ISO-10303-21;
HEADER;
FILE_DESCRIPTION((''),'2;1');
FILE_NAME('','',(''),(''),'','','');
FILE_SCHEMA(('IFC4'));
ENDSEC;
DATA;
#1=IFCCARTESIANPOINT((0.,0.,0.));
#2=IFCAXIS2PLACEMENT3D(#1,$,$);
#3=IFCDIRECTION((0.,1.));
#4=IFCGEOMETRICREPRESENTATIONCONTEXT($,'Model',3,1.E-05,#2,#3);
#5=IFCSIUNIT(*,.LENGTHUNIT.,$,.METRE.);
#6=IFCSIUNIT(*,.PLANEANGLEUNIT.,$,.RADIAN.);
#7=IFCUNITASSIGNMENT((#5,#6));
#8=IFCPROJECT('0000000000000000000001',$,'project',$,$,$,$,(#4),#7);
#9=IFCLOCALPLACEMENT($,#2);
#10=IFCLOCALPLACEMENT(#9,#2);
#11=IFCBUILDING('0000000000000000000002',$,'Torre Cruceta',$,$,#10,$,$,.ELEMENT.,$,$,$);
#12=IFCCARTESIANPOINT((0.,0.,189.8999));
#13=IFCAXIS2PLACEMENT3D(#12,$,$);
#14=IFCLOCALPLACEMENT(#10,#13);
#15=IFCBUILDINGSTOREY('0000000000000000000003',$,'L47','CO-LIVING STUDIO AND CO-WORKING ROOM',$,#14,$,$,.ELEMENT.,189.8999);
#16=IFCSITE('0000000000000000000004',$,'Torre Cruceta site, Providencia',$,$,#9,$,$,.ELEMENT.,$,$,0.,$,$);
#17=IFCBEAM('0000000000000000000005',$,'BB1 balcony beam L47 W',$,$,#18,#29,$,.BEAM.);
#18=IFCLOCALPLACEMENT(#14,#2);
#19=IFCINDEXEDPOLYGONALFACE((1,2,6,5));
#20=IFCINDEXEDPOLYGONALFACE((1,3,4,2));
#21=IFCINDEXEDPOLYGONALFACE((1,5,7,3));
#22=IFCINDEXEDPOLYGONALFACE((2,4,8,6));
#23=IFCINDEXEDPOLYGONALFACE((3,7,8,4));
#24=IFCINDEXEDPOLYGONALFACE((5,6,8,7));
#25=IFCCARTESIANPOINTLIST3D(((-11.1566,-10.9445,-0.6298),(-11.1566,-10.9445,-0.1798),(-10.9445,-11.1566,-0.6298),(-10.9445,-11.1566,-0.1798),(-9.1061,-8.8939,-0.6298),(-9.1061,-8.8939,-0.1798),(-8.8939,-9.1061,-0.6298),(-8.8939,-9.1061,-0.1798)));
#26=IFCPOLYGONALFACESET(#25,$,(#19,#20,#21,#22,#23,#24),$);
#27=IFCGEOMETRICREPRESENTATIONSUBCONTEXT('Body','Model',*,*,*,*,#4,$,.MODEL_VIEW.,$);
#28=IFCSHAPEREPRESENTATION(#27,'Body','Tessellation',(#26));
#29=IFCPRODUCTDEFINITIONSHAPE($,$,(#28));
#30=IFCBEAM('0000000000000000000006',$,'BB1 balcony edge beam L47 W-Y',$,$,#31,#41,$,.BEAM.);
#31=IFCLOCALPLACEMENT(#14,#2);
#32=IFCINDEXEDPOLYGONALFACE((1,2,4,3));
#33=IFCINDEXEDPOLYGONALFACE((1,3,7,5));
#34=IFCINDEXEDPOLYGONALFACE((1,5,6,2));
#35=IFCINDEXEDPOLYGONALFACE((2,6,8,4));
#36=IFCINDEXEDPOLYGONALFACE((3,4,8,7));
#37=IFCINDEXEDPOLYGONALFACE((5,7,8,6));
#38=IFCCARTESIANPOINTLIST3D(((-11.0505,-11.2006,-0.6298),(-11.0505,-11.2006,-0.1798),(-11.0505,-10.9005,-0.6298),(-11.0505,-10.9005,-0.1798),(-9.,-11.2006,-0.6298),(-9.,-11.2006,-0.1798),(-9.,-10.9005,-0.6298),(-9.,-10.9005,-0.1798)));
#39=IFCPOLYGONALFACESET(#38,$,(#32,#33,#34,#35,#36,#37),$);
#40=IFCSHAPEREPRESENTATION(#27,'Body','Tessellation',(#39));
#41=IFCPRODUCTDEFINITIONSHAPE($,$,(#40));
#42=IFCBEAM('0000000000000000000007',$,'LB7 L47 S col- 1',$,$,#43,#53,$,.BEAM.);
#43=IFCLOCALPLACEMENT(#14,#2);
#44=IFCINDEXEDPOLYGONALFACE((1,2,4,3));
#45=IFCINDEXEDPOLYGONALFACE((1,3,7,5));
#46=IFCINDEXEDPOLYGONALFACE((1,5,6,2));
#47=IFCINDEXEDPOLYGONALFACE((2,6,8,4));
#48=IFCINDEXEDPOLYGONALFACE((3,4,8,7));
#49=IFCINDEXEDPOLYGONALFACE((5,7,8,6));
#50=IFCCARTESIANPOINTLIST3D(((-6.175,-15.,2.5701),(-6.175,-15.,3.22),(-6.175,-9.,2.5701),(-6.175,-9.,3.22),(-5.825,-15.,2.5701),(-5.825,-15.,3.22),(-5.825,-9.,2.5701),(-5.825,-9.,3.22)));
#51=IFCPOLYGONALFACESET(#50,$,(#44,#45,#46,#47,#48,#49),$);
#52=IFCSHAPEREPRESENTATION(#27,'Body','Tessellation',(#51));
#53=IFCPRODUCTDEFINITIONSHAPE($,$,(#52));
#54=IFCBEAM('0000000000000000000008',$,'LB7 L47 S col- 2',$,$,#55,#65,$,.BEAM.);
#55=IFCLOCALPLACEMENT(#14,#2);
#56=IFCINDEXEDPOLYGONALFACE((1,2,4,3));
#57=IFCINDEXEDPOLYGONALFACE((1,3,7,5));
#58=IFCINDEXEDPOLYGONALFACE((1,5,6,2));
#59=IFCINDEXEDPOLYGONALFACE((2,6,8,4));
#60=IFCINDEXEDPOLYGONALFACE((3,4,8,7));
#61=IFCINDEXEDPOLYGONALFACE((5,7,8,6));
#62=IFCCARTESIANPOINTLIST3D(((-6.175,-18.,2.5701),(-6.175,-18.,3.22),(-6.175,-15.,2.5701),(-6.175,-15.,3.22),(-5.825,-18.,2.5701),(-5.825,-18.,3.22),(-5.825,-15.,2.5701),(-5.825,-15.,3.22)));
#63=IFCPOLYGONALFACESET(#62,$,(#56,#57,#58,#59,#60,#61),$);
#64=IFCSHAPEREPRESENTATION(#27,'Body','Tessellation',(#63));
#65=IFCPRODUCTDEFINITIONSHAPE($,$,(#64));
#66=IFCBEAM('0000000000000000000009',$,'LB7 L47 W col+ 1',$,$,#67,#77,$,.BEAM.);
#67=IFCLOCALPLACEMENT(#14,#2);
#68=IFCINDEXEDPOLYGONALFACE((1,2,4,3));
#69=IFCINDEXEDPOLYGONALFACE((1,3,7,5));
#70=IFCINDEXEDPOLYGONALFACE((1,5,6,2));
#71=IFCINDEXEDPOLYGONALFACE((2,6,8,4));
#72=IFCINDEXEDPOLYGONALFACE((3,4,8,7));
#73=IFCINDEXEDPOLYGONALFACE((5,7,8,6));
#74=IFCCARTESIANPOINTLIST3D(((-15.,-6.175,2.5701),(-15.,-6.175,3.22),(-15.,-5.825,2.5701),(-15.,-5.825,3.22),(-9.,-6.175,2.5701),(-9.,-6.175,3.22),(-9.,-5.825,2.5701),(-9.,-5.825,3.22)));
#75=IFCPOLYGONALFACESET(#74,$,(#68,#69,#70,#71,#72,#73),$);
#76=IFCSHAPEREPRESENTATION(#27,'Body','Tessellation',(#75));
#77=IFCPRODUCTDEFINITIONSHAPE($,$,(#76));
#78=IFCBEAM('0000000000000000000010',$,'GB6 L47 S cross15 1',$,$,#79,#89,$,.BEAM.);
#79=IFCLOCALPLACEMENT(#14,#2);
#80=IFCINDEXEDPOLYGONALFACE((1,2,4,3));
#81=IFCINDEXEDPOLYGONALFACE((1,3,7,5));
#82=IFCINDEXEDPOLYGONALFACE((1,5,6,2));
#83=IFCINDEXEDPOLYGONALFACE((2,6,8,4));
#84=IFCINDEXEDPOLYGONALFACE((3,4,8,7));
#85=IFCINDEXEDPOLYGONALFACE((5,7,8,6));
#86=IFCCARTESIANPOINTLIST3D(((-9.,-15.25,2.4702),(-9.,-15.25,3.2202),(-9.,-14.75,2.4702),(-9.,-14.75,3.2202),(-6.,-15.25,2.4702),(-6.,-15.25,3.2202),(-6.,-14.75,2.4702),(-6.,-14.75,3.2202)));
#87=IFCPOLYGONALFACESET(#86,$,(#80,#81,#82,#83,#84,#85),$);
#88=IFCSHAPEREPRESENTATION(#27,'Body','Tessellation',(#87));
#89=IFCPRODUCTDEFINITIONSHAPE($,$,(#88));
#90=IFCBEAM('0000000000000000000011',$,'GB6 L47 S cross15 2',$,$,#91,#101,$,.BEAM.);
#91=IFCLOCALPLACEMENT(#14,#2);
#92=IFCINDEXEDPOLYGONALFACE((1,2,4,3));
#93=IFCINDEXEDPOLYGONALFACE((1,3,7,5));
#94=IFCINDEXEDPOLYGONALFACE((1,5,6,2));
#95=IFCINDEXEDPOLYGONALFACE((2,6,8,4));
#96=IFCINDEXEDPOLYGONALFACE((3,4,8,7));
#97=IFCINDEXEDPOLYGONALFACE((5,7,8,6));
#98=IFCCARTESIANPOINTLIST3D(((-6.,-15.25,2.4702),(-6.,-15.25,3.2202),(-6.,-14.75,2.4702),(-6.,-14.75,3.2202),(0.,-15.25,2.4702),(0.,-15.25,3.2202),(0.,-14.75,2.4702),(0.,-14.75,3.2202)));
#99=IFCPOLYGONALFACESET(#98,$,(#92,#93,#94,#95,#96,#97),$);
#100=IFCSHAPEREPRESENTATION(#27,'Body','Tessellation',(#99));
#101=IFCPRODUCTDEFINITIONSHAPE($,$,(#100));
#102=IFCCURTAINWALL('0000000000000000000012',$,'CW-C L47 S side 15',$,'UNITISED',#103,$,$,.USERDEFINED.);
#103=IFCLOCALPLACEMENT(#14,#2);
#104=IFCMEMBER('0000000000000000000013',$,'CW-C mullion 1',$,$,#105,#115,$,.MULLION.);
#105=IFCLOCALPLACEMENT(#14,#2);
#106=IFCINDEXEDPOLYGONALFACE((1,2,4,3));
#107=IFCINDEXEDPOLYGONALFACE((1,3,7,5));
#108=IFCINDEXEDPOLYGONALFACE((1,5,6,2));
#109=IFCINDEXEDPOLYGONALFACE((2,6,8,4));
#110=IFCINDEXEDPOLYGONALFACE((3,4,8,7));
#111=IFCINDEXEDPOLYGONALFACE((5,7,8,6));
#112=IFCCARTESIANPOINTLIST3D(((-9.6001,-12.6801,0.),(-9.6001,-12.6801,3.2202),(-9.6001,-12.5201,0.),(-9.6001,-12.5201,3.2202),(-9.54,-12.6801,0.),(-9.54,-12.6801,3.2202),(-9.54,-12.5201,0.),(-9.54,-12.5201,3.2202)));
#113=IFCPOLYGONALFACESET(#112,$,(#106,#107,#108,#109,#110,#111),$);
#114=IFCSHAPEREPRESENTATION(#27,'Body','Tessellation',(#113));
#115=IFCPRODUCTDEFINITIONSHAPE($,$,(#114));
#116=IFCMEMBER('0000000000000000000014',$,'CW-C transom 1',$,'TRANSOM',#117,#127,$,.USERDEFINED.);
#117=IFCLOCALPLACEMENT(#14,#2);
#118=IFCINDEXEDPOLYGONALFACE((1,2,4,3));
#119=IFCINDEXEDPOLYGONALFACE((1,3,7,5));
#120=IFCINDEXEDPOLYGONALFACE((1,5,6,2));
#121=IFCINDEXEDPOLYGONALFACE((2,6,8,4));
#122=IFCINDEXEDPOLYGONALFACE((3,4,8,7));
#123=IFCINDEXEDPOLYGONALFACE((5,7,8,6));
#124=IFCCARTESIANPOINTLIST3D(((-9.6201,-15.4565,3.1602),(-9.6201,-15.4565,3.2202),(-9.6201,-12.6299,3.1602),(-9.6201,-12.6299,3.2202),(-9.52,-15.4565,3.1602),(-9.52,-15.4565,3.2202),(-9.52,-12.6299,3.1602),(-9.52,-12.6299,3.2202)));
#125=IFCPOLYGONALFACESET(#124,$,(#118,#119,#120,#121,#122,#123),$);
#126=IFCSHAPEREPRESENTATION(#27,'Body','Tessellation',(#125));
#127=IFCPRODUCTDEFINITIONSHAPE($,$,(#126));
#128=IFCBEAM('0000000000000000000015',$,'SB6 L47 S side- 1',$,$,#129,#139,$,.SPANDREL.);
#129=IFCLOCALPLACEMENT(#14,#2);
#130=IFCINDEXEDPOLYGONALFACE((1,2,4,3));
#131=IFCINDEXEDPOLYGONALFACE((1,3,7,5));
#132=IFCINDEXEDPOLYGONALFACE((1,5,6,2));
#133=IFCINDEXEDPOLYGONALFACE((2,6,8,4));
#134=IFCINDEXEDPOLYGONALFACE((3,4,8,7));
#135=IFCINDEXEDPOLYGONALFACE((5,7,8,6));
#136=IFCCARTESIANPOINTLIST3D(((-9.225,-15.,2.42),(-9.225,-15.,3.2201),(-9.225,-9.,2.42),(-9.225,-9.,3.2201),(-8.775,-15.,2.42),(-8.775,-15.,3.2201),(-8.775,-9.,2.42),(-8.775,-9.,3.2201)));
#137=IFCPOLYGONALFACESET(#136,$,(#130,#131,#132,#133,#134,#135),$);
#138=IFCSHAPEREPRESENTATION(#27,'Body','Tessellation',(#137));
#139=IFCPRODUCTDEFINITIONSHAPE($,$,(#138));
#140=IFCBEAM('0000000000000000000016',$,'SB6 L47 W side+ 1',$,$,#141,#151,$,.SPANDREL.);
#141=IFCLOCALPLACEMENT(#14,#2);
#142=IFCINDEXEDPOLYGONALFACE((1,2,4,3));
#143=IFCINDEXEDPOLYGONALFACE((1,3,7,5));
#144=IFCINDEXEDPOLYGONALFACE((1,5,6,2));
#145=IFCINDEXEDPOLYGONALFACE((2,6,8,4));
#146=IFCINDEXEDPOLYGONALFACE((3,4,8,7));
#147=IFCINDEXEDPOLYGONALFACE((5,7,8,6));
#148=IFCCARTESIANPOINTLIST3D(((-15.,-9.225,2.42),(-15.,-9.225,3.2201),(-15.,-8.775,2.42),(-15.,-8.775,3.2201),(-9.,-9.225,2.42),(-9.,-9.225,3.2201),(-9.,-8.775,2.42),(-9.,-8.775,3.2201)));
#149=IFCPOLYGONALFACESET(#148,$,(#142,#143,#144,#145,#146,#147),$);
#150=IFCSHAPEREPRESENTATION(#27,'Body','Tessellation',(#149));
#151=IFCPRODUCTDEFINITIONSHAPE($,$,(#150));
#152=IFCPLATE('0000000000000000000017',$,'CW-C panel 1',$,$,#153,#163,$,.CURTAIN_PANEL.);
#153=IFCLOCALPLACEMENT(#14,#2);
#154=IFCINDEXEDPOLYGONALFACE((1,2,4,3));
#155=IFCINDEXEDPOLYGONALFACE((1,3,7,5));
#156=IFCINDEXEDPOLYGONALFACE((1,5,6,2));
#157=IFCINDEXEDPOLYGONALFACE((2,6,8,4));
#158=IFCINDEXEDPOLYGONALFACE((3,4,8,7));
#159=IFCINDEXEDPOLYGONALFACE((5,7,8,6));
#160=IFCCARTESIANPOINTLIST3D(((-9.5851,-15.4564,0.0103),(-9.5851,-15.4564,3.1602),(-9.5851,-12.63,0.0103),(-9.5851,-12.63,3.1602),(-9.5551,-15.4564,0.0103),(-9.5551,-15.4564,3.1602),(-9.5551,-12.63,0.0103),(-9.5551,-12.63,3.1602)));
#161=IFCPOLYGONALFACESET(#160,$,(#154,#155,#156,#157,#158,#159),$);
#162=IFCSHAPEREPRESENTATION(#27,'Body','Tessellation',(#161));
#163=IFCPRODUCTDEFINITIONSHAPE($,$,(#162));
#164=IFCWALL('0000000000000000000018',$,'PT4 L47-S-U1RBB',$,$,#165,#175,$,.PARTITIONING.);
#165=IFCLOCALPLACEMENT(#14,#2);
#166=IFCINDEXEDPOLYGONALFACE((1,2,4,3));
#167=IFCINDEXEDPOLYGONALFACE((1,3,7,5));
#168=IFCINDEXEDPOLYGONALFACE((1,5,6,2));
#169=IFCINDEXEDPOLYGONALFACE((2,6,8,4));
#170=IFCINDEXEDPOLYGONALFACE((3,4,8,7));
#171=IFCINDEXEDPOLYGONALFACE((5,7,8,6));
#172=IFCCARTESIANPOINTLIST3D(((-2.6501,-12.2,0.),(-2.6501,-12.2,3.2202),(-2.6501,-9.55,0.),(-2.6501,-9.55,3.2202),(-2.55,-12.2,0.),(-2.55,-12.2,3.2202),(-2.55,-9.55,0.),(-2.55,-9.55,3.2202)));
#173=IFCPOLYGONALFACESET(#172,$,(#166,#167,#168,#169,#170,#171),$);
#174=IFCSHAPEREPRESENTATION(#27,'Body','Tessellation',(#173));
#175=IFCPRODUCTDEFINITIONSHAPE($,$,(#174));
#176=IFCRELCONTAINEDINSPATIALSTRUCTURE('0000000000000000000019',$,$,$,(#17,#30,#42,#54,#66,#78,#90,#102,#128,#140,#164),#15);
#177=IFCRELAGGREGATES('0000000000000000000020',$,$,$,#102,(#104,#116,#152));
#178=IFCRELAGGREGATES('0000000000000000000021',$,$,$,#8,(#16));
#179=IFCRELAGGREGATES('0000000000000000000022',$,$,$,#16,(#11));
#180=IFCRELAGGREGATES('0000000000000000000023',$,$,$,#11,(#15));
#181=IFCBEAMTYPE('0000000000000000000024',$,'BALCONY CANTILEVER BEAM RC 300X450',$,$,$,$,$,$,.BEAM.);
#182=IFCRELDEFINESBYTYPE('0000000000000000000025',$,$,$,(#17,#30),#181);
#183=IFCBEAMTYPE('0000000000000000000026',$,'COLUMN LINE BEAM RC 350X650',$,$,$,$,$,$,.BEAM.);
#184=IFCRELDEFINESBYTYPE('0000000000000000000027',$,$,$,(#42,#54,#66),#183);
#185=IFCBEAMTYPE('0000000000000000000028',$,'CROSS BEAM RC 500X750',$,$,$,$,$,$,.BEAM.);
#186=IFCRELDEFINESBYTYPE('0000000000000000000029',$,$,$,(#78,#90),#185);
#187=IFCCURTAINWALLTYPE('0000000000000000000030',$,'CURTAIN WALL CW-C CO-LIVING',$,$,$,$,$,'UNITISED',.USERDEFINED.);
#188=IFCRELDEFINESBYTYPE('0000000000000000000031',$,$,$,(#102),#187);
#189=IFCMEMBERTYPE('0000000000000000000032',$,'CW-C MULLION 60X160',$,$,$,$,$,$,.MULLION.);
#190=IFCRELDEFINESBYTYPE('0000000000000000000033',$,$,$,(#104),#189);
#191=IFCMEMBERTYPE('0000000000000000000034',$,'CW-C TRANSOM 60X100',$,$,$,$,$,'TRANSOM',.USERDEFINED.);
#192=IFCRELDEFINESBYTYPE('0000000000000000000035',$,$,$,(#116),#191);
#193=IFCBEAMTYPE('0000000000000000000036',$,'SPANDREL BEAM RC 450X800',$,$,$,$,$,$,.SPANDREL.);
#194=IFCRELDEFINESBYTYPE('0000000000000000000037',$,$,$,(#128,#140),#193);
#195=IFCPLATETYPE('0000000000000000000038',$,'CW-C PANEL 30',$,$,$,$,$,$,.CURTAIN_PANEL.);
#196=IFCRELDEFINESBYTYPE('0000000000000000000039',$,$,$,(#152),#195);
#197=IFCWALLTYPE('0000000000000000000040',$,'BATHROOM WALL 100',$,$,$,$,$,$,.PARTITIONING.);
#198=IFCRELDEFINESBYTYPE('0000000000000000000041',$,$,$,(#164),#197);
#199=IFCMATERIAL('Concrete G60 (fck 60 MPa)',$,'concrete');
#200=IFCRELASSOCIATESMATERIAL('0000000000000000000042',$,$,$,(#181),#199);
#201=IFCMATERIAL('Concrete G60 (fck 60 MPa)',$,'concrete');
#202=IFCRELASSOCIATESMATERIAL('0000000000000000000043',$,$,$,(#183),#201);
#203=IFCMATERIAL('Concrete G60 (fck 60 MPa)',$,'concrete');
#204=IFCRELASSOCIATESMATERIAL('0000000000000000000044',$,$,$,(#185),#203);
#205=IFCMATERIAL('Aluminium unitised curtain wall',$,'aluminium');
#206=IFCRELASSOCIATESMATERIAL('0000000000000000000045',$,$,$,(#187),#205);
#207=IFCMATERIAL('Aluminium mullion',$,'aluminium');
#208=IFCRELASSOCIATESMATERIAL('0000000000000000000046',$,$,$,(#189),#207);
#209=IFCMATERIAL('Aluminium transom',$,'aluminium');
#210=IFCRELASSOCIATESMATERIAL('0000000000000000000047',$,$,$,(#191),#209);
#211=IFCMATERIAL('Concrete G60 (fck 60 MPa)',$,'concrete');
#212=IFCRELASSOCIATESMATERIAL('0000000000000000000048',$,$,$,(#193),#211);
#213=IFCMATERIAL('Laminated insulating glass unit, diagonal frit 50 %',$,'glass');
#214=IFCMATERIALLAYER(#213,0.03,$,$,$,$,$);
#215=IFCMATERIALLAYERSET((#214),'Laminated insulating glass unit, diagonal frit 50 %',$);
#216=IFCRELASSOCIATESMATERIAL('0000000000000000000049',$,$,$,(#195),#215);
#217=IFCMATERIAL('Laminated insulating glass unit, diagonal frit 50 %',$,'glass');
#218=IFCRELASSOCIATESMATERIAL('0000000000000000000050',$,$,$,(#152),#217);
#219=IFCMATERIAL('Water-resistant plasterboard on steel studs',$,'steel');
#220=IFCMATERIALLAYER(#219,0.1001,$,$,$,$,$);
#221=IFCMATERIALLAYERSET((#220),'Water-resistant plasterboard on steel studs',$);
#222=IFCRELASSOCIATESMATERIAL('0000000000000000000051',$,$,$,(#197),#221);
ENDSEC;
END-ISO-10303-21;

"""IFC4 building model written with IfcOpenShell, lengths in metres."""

from ifc_helpers import new_model, si_unit, direction, frame, frame_2d, origin, origin_2d, place, context, subcontext, project, spatial, rectangle, extrude, material, layer, layer_set, material_profile, profile_set, type_object, element, aggregate, save


model = new_model("IFC4")

# Units and contexts
model_context = context("Model", 3, precision=1e-05, world=origin(), true_north=direction((0.0, 1.0)))
body_context = subcontext(model_context, "Body", "Model", "MODEL_VIEW")
ifc_project = project(units=[si_unit("LENGTHUNIT", "METRE"), si_unit("PLANEANGLEUNIT", "RADIAN")], contexts=[model_context])

# Site, building, storey
site_placement = place(None, origin())
site = spatial("IfcSite", under=ifc_project, at=site_placement, Name="Torre Cruceta site, Providencia", CompositionType="ELEMENT", RefElevation=0.0)
building_placement = place(site_placement, origin())
building = spatial("IfcBuilding", under=site, at=building_placement, Name="Torre Cruceta", CompositionType="ELEMENT")
storey_placement = place(building_placement, frame((0.0, 0.0, 189.8999)))
storey = spatial("IfcBuildingStorey", under=building, at=storey_placement, Name="L47", Description="CO-LIVING STUDIO AND CO-WORKING ROOM", CompositionType="ELEMENT", Elevation=189.8999)

# Beams
ifc_material_1 = material(Name="Concrete G60 (fck 60 MPa)", Category="concrete")
ifc_material_profile_1 = material_profile(ifc_material_1, rectangle(XDim=0.3, YDim=0.45, at=origin_2d()), Name="RC 300X450")
ifc_profile_set_1 = profile_set([ifc_material_profile_1], Name="Concrete G60 (fck 60 MPa)")
beam_type_1 = type_object("IfcBeamType", Name="BALCONY CANTILEVER BEAM RC 300X450", PredefinedType="BEAM", material=ifc_profile_set_1)
beam_1_placement = place(storey_placement, frame((-9.0, -9.0, -0.4048), z_axis=(-0.707107, -0.707107, 0.0), x_axis=(0.707107, -0.707107, 0.0)))
element("IfcBeam", 1, at=beam_1_placement, inside=storey, type_object=beam_type_1, Name="BB1 balcony beam L47 W", PredefinedType="BEAM", context=body_context, shape_type="SweptSolid", body=[
    extrude(rectangle(XDim=0.3, YDim=0.45, at=origin_2d()), origin(), (0.0, 0.0, 1.0), 2.8999),
])
beam_2_placement = place(storey_placement, frame((-9.0, -11.0505, -0.4048), z_axis=(-1.0, 0.0, 0.0), x_axis=(0.0, -1.0, 0.0)))
element("IfcBeam", 2, at=beam_2_placement, inside=storey, type_object=beam_type_1, Name="BB1 balcony edge beam L47 W-Y", PredefinedType="BEAM", context=body_context, shape_type="SweptSolid", body=[
    extrude(rectangle(XDim=0.3, YDim=0.45, at=origin_2d()), origin(), (0.0, 0.0, 1.0), 2.0505),
])
ifc_material_2 = material(Name="Concrete G60 (fck 60 MPa)", Category="concrete")
ifc_material_profile_2 = material_profile(ifc_material_2, rectangle(XDim=0.3501, YDim=0.6499, at=origin_2d()), Name="RC 350X650")
ifc_profile_set_2 = profile_set([ifc_material_profile_2], Name="Concrete G60 (fck 60 MPa)")
beam_type_2 = type_object("IfcBeamType", Name="COLUMN LINE BEAM RC 350X650", PredefinedType="BEAM", material=ifc_profile_set_2)
beam_3_placement = place(storey_placement, frame((-6.0, -9.0, 2.895), z_axis=(0.0, -1.0, 0.0), x_axis=(1.0, 0.0, 0.0)))
element("IfcBeam", 3, at=beam_3_placement, inside=storey, type_object=beam_type_2, Name="LB7 L47 S col- 1", PredefinedType="BEAM", context=body_context, shape_type="SweptSolid", body=[
    extrude(rectangle(XDim=0.3501, YDim=0.6499, at=origin_2d()), origin(), (0.0, 0.0, 1.0), 6.0),
])
beam_4_placement = place(storey_placement, frame((-6.0, -15.0, 2.895), z_axis=(0.0, -1.0, 0.0), x_axis=(1.0, 0.0, 0.0)))
element("IfcBeam", 4, at=beam_4_placement, inside=storey, type_object=beam_type_2, Name="LB7 L47 S col- 2", PredefinedType="BEAM", context=body_context, shape_type="SweptSolid", body=[
    extrude(rectangle(XDim=0.3501, YDim=0.6499, at=origin_2d()), origin(), (0.0, 0.0, 1.0), 3.0),
])
beam_5_placement = place(storey_placement, frame((-9.0, -6.0, 2.895), z_axis=(-1.0, 0.0, 0.0), x_axis=(0.0, -1.0, 0.0)))
element("IfcBeam", 5, at=beam_5_placement, inside=storey, type_object=beam_type_2, Name="LB7 L47 W col+ 1", PredefinedType="BEAM", context=body_context, shape_type="SweptSolid", body=[
    extrude(rectangle(XDim=0.3501, YDim=0.6499, at=origin_2d()), origin(), (0.0, 0.0, 1.0), 6.0),
])
ifc_material_3 = material(Name="Concrete G60 (fck 60 MPa)", Category="concrete")
ifc_material_profile_3 = material_profile(ifc_material_3, rectangle(XDim=0.5, YDim=0.75, at=origin_2d()), Name="RC 500X750")
ifc_profile_set_3 = profile_set([ifc_material_profile_3], Name="Concrete G60 (fck 60 MPa)")
beam_type_3 = type_object("IfcBeamType", Name="CROSS BEAM RC 500X750", PredefinedType="BEAM", material=ifc_profile_set_3)
beam_6_placement = place(storey_placement, frame((-9.0, -15.0, 2.8452), z_axis=(1.0, 0.0, 0.0), x_axis=(0.0, 1.0, 0.0)))
element("IfcBeam", 6, at=beam_6_placement, inside=storey, type_object=beam_type_3, Name="GB6 L47 S cross15 1", PredefinedType="BEAM", context=body_context, shape_type="SweptSolid", body=[
    extrude(rectangle(XDim=0.5, YDim=0.75, at=origin_2d()), origin(), (0.0, 0.0, 1.0), 3.0),
])
beam_7_placement = place(storey_placement, frame((-6.0, -15.0, 2.8452), z_axis=(1.0, 0.0, 0.0), x_axis=(0.0, 1.0, 0.0)))
element("IfcBeam", 7, at=beam_7_placement, inside=storey, type_object=beam_type_3, Name="GB6 L47 S cross15 2", PredefinedType="BEAM", context=body_context, shape_type="SweptSolid", body=[
    extrude(rectangle(XDim=0.5, YDim=0.75, at=origin_2d()), origin(), (0.0, 0.0, 1.0), 6.0),
])

# Curtain wall, members
ifc_material_4 = material(Name="Aluminium unitised curtain wall", Category="aluminium")
curtain_wall_type = type_object("IfcCurtainWallType", Name="CURTAIN WALL CW-C CO-LIVING", ElementType="UNITISED", PredefinedType="USERDEFINED", material=ifc_material_4)
curtain_wall_placement = place(storey_placement, origin())
curtain_wall = element("IfcCurtainWall", 8, at=curtain_wall_placement, inside=storey, type_object=curtain_wall_type, Name="CW-C L47 S side 15", ObjectType="UNITISED", PredefinedType="USERDEFINED")
ifc_material_5 = material(Name="Aluminium mullion", Category="aluminium")
ifc_material_profile_4 = material_profile(ifc_material_5, rectangle(XDim=0.0601, YDim=0.1599, at=origin_2d()), Name="AL 60X160")
ifc_profile_set_4 = profile_set([ifc_material_profile_4], Name="Aluminium mullion")
member_type_1 = type_object("IfcMemberType", Name="CW-C MULLION 60X160", PredefinedType="MULLION", material=ifc_profile_set_4)
member_1_placement = place(storey_placement, frame((-9.5701, -12.6001, 0.0), z_axis=(0.0, 0.0, 1.0), x_axis=(1.0, 0.0, 0.0)))
member_1 = element("IfcMember", 9, at=member_1_placement, type_object=member_type_1, Name="CW-C mullion 1", PredefinedType="MULLION", context=body_context, shape_type="SweptSolid", body=[
    extrude(rectangle(XDim=0.0601, YDim=0.1599, at=origin_2d()), origin(), (0.0, 0.0, 1.0), 3.2202),
])
ifc_material_6 = material(Name="Aluminium transom", Category="aluminium")
ifc_material_profile_5 = material_profile(ifc_material_6, rectangle(XDim=0.1001, YDim=0.0601, at=origin_2d()), Name="AL 100X60")
ifc_profile_set_5 = profile_set([ifc_material_profile_5], Name="Aluminium transom")
member_type_2 = type_object("IfcMemberType", Name="CW-C TRANSOM 60X100", ElementType="TRANSOM", PredefinedType="USERDEFINED", material=ifc_profile_set_5)
member_2_placement = place(storey_placement, frame((-9.5701, -12.6299, 3.1902), z_axis=(0.0, -1.0, 0.0), x_axis=(1.0, 0.0, 0.0)))
member_2 = element("IfcMember", 10, at=member_2_placement, type_object=member_type_2, Name="CW-C transom 1", ObjectType="TRANSOM", PredefinedType="USERDEFINED", context=body_context, shape_type="SweptSolid", body=[
    extrude(rectangle(XDim=0.1001, YDim=0.0601, at=origin_2d()), origin(), (0.0, 0.0, 1.0), 2.8267),
])

# Beams
ifc_material_7 = material(Name="Concrete G60 (fck 60 MPa)", Category="concrete")
ifc_material_profile_6 = material_profile(ifc_material_7, rectangle(XDim=0.45, YDim=0.8, at=origin_2d()), Name="RC 450X800")
ifc_profile_set_6 = profile_set([ifc_material_profile_6], Name="Concrete G60 (fck 60 MPa)")
beam_type_4 = type_object("IfcBeamType", Name="SPANDREL BEAM RC 450X800", PredefinedType="SPANDREL", material=ifc_profile_set_6)
for number, where, z_axis, x_axis, name in (
    (11, (-9.0, -9.0, 2.8201), (0.0, -1.0, 0.0), (1.0, 0.0, 0.0), "SB6 L47 S side- 1"),
    (12, (-9.0, -9.0, 2.8201), (-1.0, 0.0, 0.0), (0.0, -1.0, 0.0), "SB6 L47 W side+ 1"),
):
    element("IfcBeam", number, at=place(storey_placement, frame(where, z_axis=z_axis, x_axis=x_axis)), inside=storey, type_object=beam_type_4, Name=name, PredefinedType="SPANDREL", context=body_context, shape_type="SweptSolid", body=[
        extrude(rectangle(XDim=0.45, YDim=0.8, at=origin_2d()), origin(), (0.0, 0.0, 1.0), 6.0),
    ])

# Plate
ifc_material_8 = material(Name="Laminated insulating glass unit, diagonal frit 50 %", Category="glass")
ifc_material_9 = material(Name="Laminated insulating glass unit, diagonal frit 50 %", Category="glass")
ifc_layer_1 = layer(ifc_material_9, 0.03)
ifc_layer_set_1 = layer_set([ifc_layer_1], Name="Laminated insulating glass unit, diagonal frit 50 %")
plate_type = type_object("IfcPlateType", Name="CW-C PANEL 30", PredefinedType="CURTAIN_PANEL", material=ifc_layer_set_1)
plate_placement = place(storey_placement, frame((-9.5701, -14.0432, 0.0103), z_axis=(0.0, 0.0, 1.0), x_axis=(0.0, -1.0, 0.0)))
plate = element("IfcPlate", 13, at=plate_placement, type_object=plate_type, material=ifc_material_8, Name="CW-C panel 1", PredefinedType="CURTAIN_PANEL", context=body_context, shape_type="SweptSolid", body=[
    extrude(rectangle(XDim=2.8264, YDim=0.03, at=origin_2d()), origin(), (0.0, 0.0, 1.0), 3.1499),
])
aggregate(curtain_wall, [member_1, member_2, plate])

# Wall
ifc_material_10 = material(Name="Water-resistant plasterboard on steel studs", Category="steel")
ifc_layer_2 = layer(ifc_material_10, 0.1001)
ifc_layer_set_2 = layer_set([ifc_layer_2], Name="Water-resistant plasterboard on steel studs")
wall_type_1 = type_object("IfcWallType", Name="BATHROOM WALL 100", PredefinedType="PARTITIONING", material=ifc_layer_set_2)
wall_1_placement = place(storey_placement, frame((-2.6001, -9.55, 0.0), z_axis=(0.0, 0.0, 1.0), x_axis=(0.0, -1.0, 0.0)))
element("IfcWall", 14, at=wall_1_placement, inside=storey, type_object=wall_type_1, Name="PT4 L47-S-U1RBB", PredefinedType="PARTITIONING", context=body_context, shape_type="SweptSolid", body=[
    extrude(rectangle(XDim=2.6499, YDim=0.1001, at=frame_2d((1.325, 0.0))), origin(), (0.0, 0.0, 1.0), 3.2202),
])

save(model, "model.ifc")
